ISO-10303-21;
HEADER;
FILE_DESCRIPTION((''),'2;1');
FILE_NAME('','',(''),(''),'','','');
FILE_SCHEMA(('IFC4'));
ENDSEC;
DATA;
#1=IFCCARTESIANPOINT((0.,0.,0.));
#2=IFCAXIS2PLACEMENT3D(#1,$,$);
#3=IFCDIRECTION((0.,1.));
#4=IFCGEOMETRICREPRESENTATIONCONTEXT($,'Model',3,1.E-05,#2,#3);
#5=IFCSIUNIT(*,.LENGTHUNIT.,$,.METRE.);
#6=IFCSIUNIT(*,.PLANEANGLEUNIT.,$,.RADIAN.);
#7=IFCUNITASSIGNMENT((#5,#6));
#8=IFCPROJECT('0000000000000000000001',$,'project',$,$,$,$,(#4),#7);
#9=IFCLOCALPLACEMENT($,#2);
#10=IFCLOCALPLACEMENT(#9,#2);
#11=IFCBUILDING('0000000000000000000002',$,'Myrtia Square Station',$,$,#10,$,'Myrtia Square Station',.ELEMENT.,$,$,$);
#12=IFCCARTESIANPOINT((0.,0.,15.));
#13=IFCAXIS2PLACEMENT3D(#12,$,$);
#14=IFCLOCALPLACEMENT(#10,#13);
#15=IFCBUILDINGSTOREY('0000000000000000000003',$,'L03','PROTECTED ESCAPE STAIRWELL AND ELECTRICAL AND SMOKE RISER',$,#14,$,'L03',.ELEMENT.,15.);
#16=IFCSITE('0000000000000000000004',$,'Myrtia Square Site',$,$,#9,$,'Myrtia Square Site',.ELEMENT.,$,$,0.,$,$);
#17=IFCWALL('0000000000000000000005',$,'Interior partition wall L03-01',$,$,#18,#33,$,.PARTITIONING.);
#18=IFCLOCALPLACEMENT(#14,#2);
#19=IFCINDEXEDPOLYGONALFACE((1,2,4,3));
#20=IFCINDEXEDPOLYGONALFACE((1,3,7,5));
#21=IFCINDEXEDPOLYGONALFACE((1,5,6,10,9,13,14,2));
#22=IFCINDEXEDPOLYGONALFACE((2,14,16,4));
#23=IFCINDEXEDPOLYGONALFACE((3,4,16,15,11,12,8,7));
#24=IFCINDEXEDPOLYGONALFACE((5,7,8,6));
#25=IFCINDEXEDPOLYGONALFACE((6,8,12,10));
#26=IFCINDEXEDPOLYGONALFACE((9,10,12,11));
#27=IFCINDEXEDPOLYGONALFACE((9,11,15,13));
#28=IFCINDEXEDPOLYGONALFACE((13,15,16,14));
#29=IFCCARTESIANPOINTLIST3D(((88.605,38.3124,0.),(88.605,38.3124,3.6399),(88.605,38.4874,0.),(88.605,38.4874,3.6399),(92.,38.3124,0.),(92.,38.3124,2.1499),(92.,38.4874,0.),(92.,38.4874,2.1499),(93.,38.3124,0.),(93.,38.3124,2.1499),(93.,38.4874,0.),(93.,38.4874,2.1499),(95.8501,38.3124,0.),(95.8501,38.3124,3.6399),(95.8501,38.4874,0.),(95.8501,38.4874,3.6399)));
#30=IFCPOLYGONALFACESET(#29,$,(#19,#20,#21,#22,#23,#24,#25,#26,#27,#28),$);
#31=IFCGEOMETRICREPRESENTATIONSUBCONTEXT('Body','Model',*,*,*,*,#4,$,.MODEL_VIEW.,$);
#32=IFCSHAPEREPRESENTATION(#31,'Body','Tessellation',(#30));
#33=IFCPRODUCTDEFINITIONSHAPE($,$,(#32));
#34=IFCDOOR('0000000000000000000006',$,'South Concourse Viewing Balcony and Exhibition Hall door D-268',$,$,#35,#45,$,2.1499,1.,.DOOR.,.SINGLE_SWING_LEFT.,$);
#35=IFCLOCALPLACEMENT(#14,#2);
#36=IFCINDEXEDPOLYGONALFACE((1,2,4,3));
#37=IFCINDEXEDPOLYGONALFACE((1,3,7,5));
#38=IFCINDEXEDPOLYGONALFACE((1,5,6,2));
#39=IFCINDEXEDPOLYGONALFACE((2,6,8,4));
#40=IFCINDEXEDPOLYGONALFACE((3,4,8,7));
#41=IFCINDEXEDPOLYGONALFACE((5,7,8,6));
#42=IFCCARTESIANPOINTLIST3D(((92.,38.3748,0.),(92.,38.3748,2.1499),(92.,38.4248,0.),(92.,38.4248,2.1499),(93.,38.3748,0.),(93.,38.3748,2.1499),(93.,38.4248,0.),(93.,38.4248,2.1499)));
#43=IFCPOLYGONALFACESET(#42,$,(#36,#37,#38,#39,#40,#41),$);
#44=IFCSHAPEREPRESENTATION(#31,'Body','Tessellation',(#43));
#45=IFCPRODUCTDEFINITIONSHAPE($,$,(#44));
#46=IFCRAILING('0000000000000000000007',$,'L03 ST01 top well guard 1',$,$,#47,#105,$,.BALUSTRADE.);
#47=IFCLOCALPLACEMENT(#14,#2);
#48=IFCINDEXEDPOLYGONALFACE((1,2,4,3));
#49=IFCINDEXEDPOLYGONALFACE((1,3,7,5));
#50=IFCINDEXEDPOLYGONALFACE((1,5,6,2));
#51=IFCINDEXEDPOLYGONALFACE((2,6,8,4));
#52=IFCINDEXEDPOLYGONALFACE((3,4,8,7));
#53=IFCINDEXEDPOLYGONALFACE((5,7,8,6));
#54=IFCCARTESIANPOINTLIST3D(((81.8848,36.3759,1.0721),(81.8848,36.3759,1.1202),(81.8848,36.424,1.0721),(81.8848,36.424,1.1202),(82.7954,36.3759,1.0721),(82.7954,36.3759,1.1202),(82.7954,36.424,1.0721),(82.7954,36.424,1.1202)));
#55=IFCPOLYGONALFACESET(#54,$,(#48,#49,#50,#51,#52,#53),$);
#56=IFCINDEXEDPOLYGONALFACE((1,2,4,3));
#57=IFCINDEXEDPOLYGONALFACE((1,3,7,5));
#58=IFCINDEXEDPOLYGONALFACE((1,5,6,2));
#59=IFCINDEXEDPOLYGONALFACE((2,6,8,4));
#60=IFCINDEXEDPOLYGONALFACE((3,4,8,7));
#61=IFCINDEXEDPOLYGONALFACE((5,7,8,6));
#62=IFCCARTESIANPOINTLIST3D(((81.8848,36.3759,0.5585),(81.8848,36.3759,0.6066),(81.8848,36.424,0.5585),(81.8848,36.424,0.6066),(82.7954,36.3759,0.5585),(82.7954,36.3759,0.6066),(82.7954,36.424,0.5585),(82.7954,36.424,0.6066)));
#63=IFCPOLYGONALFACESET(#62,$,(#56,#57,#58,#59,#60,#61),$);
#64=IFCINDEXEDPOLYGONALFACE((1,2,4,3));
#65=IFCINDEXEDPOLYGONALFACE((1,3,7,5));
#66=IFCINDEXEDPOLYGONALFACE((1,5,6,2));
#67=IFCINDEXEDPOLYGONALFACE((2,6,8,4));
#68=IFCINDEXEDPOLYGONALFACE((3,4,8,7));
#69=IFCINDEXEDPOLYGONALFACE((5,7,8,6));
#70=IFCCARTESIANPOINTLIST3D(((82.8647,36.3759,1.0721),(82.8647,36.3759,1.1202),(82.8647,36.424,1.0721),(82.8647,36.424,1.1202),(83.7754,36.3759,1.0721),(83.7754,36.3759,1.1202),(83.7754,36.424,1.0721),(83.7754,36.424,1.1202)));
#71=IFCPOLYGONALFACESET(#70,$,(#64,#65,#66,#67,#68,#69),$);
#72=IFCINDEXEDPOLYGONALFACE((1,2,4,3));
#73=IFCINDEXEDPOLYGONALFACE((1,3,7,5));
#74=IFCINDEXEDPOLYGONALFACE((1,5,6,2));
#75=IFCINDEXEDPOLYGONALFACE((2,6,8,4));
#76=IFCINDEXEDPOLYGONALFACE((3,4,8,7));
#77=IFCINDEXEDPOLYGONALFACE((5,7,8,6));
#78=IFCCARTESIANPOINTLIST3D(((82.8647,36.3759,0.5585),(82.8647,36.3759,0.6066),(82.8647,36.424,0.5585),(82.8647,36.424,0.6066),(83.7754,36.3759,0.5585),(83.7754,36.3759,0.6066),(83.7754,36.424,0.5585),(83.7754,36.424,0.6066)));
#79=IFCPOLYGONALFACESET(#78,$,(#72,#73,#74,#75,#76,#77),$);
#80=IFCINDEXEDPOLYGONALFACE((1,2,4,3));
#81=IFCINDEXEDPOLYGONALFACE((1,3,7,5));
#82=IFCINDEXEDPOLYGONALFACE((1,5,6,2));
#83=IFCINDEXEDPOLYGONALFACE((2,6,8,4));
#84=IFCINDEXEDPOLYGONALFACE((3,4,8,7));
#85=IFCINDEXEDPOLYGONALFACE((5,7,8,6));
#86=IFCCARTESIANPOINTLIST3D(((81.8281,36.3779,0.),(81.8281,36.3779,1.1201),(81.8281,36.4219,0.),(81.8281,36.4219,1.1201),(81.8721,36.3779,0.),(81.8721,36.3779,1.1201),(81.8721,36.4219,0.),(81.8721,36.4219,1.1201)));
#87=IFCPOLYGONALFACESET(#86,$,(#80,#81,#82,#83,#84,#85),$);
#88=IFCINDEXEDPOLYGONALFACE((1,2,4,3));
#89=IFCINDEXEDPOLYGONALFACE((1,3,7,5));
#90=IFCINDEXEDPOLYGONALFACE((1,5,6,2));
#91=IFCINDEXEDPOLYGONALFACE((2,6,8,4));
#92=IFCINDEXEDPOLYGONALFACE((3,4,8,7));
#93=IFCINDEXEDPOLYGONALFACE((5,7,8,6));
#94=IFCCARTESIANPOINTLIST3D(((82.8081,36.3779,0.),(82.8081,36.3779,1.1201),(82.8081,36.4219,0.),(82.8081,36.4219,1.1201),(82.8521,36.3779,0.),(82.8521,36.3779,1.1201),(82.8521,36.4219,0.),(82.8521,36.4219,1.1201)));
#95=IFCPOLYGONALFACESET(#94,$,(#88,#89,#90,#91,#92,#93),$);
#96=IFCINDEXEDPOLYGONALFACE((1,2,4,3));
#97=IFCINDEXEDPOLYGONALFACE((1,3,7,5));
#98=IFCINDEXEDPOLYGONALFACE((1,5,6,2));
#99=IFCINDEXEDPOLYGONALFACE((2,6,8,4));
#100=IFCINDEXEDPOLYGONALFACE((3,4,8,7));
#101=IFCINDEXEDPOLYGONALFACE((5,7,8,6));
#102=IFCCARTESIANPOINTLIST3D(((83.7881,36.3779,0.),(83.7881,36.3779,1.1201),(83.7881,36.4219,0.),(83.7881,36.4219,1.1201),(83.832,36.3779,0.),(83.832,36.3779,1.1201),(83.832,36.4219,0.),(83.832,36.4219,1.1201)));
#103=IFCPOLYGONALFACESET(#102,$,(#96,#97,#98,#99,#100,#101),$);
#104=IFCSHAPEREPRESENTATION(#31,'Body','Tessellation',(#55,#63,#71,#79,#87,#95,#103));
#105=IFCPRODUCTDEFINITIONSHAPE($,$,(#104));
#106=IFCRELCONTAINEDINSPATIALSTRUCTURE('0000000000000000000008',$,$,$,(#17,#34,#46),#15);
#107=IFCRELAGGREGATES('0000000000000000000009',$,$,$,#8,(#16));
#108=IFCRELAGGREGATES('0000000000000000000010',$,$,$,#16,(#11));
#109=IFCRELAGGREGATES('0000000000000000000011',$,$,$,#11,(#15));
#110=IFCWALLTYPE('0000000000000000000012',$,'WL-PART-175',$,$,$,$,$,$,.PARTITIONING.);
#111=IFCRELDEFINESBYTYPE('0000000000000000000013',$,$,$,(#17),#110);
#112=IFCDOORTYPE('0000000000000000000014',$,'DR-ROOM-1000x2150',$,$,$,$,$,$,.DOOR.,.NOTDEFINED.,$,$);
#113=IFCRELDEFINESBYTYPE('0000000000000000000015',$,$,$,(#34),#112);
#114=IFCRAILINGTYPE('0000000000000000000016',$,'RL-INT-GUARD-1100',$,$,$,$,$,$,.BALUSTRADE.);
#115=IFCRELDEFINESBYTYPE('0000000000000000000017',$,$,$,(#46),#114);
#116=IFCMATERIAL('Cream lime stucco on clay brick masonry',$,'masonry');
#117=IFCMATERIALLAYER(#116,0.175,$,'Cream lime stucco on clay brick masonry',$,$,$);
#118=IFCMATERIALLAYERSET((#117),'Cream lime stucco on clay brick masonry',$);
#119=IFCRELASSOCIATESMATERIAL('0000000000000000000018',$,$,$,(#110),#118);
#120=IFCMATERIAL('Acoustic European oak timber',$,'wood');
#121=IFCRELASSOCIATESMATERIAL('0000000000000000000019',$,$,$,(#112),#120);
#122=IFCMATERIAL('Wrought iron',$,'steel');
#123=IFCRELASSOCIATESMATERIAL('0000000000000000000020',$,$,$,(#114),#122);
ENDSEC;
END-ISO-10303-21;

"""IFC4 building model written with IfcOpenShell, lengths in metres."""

from ifc_helpers import new_model, si_unit, direction, frame, frame_2d, origin, origin_2d, place, context, subcontext, project, spatial, rectangle, extrude, material, layer, layer_set, type_object, element, fill, save


model = new_model("IFC4")

# Units and contexts
model_context = context("Model", 3, precision=1e-05, world=origin(), true_north=direction((0.0, 1.0)))
body_context = subcontext(model_context, "Body", "Model", "MODEL_VIEW")
ifc_project = project(units=[si_unit("LENGTHUNIT", "METRE"), si_unit("PLANEANGLEUNIT", "RADIAN")], contexts=[model_context])

# Site, building, storey
site_placement = place(None, origin())
site = spatial("IfcSite", under=ifc_project, at=site_placement, Name="Myrtia Square Site", LongName="Myrtia Square Site", CompositionType="ELEMENT", RefElevation=0.0)
building_placement = place(site_placement, origin())
building = spatial("IfcBuilding", under=site, at=building_placement, Name="Myrtia Square Station", LongName="Myrtia Square Station", CompositionType="ELEMENT")
storey_placement = place(building_placement, frame((0.0, 0.0, 15.0)))
storey = spatial("IfcBuildingStorey", under=building, at=storey_placement, Name="L03", Description="PROTECTED ESCAPE STAIRWELL AND ELECTRICAL AND SMOKE RISER", LongName="L03", CompositionType="ELEMENT", Elevation=15.0)

# Shared definitions
ifc_material_1 = material(Name="Cream lime stucco on clay brick masonry", Category="masonry")

# Wall, opening, door
ifc_layer_1 = layer(ifc_material_1, 0.175, Name="Cream lime stucco on clay brick masonry")
ifc_layer_set_1 = layer_set([ifc_layer_1], Name="Cream lime stucco on clay brick masonry")
wall_type_1 = type_object("IfcWallType", Name="WL-PART-175", PredefinedType="PARTITIONING", material=ifc_layer_set_1)
wall_1_placement = place(storey_placement, frame((88.605, 38.3999, 0.0), z_axis=(0.0, 0.0, 1.0), x_axis=(1.0, 0.0, 0.0)))
wall_1 = element("IfcWall", 1, at=wall_1_placement, inside=storey, type_object=wall_type_1, Name="Interior partition wall L03-01", PredefinedType="PARTITIONING", context=body_context, shape_type="SweptSolid", body=[
    extrude(rectangle(XDim=7.2451, YDim=0.175, at=frame_2d((3.6226, 0.0))), origin(), (0.0, 0.0, 1.0), 3.6399),
])
opening_1_placement = place(wall_1_placement, frame((3.395, 0.0, 0.0)))
opening_1 = element("IfcOpeningElement", 2, at=opening_1_placement, cuts=wall_1, PredefinedType="OPENING", context=body_context, shape_type="SweptSolid", body=[
    extrude(rectangle(XDim=1.0, YDim=2.1499, at=frame_2d((0.5, 1.075))), frame((0.0, 0.1025, 0.0), z_axis=(0.0, -1.0, 0.0), x_axis=(1.0, 0.0, 0.0)), (0.0, 0.0, 1.0), 0.2051),
])
ifc_material_2 = material(Name="Acoustic European oak timber", Category="wood")
door_type_1 = type_object("IfcDoorType", Name="DR-ROOM-1000x2150", OperationType="NOTDEFINED", PredefinedType="DOOR", material=ifc_material_2)
door_1_placement = place(opening_1_placement, origin())
door_1 = element("IfcDoor", 3, at=door_1_placement, inside=storey, type_object=door_type_1, Name="South Concourse Viewing Balcony and Exhibition Hall door D-268", OperationType="SINGLE_SWING_LEFT", OverallHeight=2.1499, OverallWidth=1.0, PredefinedType="DOOR", context=body_context, shape_type="SweptSolid", body=[
    extrude(rectangle(XDim=1.0, YDim=2.1499, at=frame_2d((0.5, 1.075))), frame((0.0, 0.0249, 0.0), z_axis=(0.0, -1.0, 0.0), x_axis=(1.0, 0.0, 0.0)), (0.0, 0.0, 1.0), 0.05),
])
fill(opening_1, door_1)

# Railing
ifc_material_3 = material(Name="Wrought iron", Category="steel")
railing_type = type_object("IfcRailingType", Name="RL-INT-GUARD-1100", PredefinedType="BALUSTRADE", material=ifc_material_3)
railing_1_placement = place(storey_placement, frame((81.8501, 36.3999, 0.0)))
element("IfcRailing", 4, at=railing_1_placement, inside=storey, type_object=railing_type, Name="L03 ST01 top well guard 1", PredefinedType="BALUSTRADE", context=body_context, shape_type="SweptSolid", body=[
    extrude(rectangle(XDim=0.0481, YDim=0.0481, at=origin_2d()), frame((0.0347, 0.0, 1.0962), z_axis=(1.0, 0.0, 0.0), x_axis=(0.0, 1.0, 0.0)), (0.0, 0.0, 1.0), 0.9106),
    extrude(rectangle(XDim=0.0481, YDim=0.0481, at=origin_2d()), frame((0.0347, 0.0, 0.5825), z_axis=(1.0, 0.0, 0.0), x_axis=(0.0, 1.0, 0.0)), (0.0, 0.0, 1.0), 0.9106),
    extrude(rectangle(XDim=0.0481, YDim=0.0481, at=origin_2d()), frame((1.0146, 0.0, 1.0962), z_axis=(1.0, 0.0, 0.0), x_axis=(0.0, 1.0, 0.0)), (0.0, 0.0, 1.0), 0.9106),
    extrude(rectangle(XDim=0.0481, YDim=0.0481, at=origin_2d()), frame((1.0146, 0.0, 0.5825), z_axis=(1.0, 0.0, 0.0), x_axis=(0.0, 1.0, 0.0)), (0.0, 0.0, 1.0), 0.9106),
    extrude(rectangle(XDim=0.0439, YDim=0.0439, at=origin_2d()), origin(), (0.0, 0.0, 1.0), 1.1201),
    extrude(rectangle(XDim=0.0439, YDim=0.0439, at=origin_2d()), frame((0.98, 0.0, 0.0)), (0.0, 0.0, 1.0), 1.1201),
    extrude(rectangle(XDim=0.0439, YDim=0.0439, at=origin_2d()), frame((1.96, 0.0, 0.0)), (0.0, 0.0, 1.0), 1.1201),
])

save(model, "model.ifc")
